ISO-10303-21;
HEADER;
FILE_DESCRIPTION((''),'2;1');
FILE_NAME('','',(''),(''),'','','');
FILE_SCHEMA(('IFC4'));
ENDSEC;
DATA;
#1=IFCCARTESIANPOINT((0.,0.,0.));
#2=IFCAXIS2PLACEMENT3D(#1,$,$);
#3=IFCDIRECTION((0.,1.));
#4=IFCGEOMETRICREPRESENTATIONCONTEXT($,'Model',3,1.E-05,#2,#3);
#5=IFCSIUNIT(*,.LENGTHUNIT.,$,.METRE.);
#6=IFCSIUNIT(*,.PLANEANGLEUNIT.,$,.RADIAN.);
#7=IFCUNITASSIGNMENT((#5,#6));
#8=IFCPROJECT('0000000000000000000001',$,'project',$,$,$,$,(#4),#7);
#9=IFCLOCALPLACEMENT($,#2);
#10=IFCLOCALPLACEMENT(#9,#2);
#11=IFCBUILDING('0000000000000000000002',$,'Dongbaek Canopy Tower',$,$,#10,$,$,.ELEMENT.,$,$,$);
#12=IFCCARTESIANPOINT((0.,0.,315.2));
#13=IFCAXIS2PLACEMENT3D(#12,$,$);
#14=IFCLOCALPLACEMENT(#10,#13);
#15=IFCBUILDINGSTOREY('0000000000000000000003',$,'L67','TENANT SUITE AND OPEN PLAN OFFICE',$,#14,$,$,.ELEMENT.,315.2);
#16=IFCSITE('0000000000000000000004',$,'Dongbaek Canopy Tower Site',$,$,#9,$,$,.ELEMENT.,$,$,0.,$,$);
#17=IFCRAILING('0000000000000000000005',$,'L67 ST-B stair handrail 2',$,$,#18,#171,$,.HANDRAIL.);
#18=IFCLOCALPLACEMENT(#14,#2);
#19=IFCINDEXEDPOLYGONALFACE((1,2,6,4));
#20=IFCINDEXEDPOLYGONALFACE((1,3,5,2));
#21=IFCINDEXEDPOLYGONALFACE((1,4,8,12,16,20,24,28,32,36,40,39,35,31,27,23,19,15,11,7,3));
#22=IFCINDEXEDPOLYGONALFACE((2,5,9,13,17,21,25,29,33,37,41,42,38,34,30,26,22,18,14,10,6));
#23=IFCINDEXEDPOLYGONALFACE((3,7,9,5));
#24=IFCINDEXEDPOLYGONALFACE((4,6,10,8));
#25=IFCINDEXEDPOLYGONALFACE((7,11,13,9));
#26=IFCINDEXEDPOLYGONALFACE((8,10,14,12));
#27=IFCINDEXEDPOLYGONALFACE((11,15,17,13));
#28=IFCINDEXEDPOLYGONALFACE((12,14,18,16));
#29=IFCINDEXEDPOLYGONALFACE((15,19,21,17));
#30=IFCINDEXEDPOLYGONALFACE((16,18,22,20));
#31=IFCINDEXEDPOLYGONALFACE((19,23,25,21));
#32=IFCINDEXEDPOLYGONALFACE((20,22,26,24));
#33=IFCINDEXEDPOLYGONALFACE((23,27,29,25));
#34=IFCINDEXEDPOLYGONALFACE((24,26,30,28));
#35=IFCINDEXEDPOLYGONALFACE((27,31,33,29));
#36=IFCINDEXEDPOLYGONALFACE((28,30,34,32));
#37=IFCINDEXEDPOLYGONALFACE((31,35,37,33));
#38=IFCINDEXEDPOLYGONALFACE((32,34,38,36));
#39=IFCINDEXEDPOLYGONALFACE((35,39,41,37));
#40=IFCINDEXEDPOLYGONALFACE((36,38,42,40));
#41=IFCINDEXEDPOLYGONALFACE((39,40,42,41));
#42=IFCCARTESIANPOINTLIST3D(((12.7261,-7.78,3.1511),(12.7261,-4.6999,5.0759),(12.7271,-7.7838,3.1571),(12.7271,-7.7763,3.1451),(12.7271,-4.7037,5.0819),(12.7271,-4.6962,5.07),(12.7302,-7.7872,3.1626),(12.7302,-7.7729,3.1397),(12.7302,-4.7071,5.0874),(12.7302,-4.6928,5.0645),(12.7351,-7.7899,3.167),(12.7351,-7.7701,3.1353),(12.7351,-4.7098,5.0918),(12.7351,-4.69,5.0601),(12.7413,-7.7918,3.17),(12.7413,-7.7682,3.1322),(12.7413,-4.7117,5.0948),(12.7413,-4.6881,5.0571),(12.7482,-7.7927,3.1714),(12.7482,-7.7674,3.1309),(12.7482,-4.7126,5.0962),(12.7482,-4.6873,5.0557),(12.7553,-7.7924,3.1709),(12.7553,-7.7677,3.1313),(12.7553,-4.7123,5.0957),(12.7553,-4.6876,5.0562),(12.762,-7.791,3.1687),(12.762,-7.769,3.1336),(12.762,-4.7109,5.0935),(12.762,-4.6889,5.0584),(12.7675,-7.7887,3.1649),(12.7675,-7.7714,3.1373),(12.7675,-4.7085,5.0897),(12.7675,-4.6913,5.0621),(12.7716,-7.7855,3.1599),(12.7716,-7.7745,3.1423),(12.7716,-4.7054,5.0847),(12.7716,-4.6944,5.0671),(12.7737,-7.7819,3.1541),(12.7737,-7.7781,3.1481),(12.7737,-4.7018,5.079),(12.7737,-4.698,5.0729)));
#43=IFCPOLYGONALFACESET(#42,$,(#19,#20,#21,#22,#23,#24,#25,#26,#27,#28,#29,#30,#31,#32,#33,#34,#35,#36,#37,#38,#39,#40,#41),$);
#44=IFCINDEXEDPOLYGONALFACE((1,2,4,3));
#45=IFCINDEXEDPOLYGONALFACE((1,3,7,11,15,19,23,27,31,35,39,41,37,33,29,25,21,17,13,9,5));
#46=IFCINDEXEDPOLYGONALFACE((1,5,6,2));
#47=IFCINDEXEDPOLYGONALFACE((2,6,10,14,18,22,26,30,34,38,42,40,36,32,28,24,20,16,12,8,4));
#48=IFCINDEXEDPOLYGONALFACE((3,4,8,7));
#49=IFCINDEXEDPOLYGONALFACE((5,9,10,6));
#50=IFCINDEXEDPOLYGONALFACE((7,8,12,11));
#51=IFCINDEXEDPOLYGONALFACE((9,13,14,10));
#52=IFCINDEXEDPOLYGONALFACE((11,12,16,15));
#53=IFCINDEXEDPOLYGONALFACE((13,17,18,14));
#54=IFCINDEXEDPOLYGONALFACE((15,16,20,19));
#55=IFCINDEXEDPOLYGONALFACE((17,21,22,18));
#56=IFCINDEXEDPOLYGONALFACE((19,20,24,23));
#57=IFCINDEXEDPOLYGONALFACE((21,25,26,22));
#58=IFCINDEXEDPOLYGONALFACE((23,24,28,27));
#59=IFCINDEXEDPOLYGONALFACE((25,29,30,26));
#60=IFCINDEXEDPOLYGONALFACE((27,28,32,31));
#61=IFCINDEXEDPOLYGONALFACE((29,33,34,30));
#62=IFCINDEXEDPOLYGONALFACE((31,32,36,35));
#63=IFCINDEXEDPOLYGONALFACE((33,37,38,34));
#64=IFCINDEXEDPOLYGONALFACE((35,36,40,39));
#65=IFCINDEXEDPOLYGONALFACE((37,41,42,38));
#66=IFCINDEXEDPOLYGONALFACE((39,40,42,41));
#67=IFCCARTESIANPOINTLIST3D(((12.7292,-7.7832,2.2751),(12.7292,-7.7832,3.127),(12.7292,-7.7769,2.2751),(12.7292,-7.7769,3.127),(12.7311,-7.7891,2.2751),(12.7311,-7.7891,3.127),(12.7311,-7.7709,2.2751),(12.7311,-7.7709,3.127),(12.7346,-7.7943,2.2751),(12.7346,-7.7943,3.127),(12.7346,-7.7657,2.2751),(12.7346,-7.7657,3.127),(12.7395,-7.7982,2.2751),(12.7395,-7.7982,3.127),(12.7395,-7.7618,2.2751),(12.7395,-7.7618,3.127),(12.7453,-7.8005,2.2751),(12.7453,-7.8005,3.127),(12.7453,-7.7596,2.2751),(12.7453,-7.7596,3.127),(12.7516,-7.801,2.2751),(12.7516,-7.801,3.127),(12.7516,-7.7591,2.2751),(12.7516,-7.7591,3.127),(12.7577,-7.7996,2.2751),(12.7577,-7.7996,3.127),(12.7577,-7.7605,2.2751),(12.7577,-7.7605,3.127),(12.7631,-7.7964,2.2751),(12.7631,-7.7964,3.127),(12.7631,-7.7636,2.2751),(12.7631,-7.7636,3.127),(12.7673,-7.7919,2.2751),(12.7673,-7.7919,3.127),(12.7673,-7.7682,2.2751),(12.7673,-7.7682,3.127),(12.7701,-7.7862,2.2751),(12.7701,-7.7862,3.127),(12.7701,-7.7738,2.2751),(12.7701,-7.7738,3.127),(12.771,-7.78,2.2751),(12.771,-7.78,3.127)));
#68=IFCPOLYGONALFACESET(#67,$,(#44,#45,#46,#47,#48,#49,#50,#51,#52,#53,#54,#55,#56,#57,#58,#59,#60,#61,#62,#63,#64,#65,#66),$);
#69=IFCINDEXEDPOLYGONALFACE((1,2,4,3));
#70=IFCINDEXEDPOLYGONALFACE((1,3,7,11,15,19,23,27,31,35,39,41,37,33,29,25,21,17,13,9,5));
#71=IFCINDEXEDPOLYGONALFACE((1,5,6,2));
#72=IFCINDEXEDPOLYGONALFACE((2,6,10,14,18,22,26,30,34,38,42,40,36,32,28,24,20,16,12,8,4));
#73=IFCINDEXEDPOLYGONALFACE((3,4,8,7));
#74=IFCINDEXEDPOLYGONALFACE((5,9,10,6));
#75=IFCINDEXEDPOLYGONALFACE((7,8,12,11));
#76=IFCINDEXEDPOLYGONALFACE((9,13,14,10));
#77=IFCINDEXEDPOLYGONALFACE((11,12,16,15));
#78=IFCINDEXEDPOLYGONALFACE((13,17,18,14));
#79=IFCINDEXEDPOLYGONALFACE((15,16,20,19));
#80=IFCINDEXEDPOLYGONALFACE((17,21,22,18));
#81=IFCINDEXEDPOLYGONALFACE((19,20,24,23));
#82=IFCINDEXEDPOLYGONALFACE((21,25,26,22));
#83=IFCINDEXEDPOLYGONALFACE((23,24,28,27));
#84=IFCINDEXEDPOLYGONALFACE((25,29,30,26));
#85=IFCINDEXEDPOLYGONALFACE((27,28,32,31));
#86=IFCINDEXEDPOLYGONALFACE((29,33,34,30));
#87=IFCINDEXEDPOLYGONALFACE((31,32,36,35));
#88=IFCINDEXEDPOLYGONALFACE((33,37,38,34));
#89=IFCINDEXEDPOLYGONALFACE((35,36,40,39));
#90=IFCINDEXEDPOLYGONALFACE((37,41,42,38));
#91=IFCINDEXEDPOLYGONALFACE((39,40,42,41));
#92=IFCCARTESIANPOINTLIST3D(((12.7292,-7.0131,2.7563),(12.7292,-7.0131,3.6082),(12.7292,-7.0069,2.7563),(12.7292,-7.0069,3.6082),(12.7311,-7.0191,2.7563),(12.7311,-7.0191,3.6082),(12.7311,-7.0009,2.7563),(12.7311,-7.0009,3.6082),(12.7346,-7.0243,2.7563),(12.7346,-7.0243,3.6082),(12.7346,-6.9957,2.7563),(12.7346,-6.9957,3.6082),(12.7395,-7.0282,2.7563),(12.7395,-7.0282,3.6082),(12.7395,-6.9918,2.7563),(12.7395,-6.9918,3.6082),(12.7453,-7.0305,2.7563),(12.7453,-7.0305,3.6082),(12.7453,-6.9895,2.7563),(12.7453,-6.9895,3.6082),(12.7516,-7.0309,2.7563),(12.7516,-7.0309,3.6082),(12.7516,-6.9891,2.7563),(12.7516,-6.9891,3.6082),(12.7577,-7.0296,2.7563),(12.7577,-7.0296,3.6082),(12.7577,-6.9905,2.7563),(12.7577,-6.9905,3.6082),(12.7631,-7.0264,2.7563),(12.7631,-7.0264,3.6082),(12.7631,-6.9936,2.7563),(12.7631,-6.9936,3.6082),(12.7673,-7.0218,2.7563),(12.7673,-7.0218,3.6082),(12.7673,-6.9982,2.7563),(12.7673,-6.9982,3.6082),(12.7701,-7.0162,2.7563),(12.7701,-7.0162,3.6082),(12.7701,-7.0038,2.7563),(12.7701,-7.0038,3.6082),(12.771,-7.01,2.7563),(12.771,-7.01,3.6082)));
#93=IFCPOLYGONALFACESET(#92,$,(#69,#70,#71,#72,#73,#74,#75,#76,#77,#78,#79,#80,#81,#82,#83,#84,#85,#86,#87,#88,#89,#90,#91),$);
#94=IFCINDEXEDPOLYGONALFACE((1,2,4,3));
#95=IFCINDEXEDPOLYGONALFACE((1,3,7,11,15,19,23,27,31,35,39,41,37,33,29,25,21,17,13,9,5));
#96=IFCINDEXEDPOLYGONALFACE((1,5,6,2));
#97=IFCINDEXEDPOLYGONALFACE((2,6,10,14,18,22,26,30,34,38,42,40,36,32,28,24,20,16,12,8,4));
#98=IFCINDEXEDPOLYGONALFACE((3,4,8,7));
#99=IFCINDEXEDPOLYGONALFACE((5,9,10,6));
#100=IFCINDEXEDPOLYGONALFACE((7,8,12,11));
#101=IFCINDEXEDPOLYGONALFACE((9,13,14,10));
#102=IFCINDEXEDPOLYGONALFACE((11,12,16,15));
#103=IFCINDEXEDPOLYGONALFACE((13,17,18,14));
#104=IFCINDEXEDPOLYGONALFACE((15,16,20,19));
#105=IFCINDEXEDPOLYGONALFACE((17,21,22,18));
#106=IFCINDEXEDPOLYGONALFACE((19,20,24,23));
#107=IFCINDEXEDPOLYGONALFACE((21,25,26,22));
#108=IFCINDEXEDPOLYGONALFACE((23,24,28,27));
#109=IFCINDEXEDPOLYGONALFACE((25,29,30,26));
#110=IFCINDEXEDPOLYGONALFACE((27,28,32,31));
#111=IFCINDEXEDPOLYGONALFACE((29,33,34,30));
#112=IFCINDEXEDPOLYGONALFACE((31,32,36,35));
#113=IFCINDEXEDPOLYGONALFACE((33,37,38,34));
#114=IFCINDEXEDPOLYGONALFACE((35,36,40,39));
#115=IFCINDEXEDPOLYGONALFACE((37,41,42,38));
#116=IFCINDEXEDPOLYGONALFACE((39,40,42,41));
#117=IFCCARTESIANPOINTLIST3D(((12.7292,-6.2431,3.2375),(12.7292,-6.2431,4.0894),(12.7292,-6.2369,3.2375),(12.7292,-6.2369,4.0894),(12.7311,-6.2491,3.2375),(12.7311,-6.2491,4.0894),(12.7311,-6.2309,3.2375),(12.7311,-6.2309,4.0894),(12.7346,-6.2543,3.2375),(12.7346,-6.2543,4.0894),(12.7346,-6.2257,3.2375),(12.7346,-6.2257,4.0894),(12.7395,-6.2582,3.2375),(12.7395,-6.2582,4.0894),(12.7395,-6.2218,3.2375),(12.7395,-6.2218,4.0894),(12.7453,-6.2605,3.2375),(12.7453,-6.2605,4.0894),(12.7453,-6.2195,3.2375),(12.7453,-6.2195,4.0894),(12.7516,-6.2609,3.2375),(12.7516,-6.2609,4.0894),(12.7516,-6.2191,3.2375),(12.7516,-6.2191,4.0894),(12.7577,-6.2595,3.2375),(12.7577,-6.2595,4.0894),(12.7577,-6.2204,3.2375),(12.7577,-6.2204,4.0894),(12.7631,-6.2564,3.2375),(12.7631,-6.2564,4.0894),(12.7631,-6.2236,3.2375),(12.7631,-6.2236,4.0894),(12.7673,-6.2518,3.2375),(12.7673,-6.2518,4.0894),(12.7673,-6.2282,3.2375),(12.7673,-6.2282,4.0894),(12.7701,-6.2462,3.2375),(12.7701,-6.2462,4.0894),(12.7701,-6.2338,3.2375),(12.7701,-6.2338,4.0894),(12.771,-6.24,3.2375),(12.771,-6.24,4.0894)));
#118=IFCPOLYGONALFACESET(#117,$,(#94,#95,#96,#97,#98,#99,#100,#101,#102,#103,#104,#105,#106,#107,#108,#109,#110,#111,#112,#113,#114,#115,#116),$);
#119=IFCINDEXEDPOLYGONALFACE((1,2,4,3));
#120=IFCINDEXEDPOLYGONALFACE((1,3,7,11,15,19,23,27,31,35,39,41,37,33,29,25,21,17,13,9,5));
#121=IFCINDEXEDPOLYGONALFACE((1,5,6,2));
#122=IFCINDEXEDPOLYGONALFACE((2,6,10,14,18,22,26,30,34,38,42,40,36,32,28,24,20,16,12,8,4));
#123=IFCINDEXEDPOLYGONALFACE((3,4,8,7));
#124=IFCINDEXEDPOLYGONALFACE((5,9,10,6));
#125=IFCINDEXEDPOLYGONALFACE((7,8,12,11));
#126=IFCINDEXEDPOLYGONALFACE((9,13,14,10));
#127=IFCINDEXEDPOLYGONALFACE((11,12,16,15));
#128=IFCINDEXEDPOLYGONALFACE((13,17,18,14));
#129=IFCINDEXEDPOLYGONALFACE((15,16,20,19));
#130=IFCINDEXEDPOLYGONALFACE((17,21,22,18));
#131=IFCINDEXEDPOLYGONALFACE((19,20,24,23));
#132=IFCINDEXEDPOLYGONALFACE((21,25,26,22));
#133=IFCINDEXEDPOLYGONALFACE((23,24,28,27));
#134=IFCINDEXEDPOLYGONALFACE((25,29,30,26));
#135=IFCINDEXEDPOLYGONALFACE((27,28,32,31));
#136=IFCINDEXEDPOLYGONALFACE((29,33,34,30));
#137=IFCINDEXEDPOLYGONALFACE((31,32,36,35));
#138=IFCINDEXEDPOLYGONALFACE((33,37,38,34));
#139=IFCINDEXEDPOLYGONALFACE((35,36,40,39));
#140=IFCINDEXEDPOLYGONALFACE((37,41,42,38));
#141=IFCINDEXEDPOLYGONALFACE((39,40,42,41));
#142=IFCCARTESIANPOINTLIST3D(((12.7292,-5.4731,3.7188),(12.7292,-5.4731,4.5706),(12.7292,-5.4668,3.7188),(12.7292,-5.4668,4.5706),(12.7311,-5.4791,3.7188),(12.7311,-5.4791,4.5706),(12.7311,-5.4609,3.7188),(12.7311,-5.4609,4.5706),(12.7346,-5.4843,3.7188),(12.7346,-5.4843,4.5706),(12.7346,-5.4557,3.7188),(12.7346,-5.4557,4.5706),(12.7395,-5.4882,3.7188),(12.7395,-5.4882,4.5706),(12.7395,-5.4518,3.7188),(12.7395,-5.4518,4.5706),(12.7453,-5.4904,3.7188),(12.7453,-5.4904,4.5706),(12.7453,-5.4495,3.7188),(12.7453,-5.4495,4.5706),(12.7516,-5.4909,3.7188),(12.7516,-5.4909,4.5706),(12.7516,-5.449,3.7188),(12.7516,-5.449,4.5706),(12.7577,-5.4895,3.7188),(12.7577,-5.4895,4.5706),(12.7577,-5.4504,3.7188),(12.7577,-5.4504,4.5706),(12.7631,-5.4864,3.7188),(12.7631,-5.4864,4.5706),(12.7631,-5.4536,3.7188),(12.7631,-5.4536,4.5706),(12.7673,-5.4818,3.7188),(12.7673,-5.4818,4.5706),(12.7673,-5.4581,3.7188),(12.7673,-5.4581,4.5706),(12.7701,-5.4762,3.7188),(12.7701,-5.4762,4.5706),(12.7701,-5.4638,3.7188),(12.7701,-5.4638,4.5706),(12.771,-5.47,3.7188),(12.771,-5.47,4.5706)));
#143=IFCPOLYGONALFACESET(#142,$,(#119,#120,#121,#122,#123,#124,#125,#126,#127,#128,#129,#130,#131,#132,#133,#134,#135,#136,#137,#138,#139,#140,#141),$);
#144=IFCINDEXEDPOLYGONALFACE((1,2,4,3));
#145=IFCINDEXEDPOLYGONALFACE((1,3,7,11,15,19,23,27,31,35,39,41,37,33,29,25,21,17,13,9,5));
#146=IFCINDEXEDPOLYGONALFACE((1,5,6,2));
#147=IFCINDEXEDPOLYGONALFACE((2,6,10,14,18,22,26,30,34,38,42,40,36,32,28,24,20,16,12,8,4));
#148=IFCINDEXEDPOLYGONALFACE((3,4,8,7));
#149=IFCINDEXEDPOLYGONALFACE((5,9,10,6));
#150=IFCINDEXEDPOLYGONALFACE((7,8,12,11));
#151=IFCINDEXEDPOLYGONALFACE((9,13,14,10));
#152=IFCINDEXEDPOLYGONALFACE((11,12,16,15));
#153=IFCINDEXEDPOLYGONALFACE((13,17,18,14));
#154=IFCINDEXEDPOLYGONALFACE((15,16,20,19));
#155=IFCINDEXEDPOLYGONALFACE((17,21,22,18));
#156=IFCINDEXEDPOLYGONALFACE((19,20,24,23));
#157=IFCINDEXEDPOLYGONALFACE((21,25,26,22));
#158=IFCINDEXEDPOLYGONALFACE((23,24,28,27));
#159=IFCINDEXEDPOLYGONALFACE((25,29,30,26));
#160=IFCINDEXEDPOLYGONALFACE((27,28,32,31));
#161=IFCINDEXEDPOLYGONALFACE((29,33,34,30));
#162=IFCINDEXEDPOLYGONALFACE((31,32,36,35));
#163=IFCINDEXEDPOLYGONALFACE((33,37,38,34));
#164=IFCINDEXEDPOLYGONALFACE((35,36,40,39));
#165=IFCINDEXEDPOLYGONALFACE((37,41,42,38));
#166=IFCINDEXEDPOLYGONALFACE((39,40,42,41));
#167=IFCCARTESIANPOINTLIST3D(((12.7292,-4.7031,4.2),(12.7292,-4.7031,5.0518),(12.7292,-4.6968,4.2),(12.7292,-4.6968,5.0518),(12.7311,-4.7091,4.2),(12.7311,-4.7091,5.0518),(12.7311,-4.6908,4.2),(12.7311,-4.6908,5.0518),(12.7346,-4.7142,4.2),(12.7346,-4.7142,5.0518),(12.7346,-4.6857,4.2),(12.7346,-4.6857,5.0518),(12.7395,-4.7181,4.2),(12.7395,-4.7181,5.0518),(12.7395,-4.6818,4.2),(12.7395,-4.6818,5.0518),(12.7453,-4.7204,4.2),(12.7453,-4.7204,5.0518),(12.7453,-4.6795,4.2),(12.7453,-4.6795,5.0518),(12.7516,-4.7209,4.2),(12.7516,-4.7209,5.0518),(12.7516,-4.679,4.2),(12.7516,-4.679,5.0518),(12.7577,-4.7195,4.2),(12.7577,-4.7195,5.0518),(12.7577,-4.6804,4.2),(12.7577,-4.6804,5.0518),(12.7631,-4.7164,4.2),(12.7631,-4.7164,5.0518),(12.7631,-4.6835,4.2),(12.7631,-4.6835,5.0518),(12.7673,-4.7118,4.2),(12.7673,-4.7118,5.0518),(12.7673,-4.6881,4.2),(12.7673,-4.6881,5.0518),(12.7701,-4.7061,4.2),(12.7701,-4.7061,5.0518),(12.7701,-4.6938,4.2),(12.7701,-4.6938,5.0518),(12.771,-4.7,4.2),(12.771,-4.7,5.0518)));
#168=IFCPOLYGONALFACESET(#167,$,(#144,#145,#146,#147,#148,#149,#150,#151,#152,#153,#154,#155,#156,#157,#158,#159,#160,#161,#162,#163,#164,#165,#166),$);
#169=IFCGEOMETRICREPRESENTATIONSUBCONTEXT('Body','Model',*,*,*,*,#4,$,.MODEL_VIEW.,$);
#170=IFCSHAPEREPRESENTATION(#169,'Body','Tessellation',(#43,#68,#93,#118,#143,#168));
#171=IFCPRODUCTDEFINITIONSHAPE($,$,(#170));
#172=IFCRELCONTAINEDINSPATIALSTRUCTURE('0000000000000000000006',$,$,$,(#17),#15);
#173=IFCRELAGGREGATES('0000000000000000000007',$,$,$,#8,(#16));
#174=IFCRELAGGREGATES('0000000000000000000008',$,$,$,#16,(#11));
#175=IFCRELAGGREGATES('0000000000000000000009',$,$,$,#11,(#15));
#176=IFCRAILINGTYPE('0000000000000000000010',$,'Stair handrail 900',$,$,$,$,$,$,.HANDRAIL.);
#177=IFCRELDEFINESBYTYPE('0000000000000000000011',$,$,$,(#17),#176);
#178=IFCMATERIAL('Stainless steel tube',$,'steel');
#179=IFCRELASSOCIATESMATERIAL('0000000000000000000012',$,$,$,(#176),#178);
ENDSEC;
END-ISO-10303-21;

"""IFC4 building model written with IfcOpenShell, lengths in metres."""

from ifc_helpers import new_model, si_unit, direction, frame, origin, origin_2d, place, context, subcontext, project, spatial, circle, extrude, material, type_object, element, save


model = new_model("IFC4")

# Units and contexts
model_context = context("Model", 3, precision=1e-05, world=origin(), true_north=direction((0.0, 1.0)))
body_context = subcontext(model_context, "Body", "Model", "MODEL_VIEW")
ifc_project = project(units=[si_unit("LENGTHUNIT", "METRE"), si_unit("PLANEANGLEUNIT", "RADIAN")], contexts=[model_context])

# Site, building, storey
site_placement = place(None, origin())
site = spatial("IfcSite", under=ifc_project, at=site_placement, Name="Dongbaek Canopy Tower Site", CompositionType="ELEMENT", RefElevation=0.0)
building_placement = place(site_placement, origin())
building = spatial("IfcBuilding", under=site, at=building_placement, Name="Dongbaek Canopy Tower", CompositionType="ELEMENT")
storey_placement = place(building_placement, frame((0.0, 0.0, 315.2)))
storey = spatial("IfcBuildingStorey", under=building, at=storey_placement, Name="L67", Description="TENANT SUITE AND OPEN PLAN OFFICE", CompositionType="ELEMENT", Elevation=315.2)

# Railing
ifc_material_1 = material(Name="Stainless steel tube", Category="steel")
railing_type = type_object("IfcRailingType", Name="Stair handrail 900", PredefinedType="HANDRAIL", material=ifc_material_1)
railing_placement = place(storey_placement, frame((12.75, -7.78, 2.2751)))
element("IfcRailing", 1, at=railing_placement, inside=storey, type_object=railing_type, Name="L67 ST-B stair handrail 2", PredefinedType="HANDRAIL", context=body_context, shape_type="SweptSolid", body=[
    extrude(circle(Radius=0.0239, at=origin_2d()), frame((0.0, 0.0, 0.876), z_axis=(0.0, 0.848029, 0.529951), x_axis=(-1.0, 0.0, 0.0)), (0.0, 0.0, 1.0), 3.6321),
    extrude(circle(Radius=0.021, at=origin_2d()), origin(), (0.0, 0.0, 1.0), 0.8518),
    extrude(circle(Radius=0.021, at=origin_2d()), frame((0.0, 0.77, 0.4812)), (0.0, 0.0, 1.0), 0.8518),
    extrude(circle(Radius=0.021, at=origin_2d()), frame((0.0, 1.54, 0.9624)), (0.0, 0.0, 1.0), 0.8518),
    extrude(circle(Radius=0.021, at=origin_2d()), frame((0.0, 2.3101, 1.4436)), (0.0, 0.0, 1.0), 0.8518),
    extrude(circle(Radius=0.021, at=origin_2d()), frame((0.0, 3.0801, 1.9248)), (0.0, 0.0, 1.0), 0.8518),
])

save(model, "model.ifc")
